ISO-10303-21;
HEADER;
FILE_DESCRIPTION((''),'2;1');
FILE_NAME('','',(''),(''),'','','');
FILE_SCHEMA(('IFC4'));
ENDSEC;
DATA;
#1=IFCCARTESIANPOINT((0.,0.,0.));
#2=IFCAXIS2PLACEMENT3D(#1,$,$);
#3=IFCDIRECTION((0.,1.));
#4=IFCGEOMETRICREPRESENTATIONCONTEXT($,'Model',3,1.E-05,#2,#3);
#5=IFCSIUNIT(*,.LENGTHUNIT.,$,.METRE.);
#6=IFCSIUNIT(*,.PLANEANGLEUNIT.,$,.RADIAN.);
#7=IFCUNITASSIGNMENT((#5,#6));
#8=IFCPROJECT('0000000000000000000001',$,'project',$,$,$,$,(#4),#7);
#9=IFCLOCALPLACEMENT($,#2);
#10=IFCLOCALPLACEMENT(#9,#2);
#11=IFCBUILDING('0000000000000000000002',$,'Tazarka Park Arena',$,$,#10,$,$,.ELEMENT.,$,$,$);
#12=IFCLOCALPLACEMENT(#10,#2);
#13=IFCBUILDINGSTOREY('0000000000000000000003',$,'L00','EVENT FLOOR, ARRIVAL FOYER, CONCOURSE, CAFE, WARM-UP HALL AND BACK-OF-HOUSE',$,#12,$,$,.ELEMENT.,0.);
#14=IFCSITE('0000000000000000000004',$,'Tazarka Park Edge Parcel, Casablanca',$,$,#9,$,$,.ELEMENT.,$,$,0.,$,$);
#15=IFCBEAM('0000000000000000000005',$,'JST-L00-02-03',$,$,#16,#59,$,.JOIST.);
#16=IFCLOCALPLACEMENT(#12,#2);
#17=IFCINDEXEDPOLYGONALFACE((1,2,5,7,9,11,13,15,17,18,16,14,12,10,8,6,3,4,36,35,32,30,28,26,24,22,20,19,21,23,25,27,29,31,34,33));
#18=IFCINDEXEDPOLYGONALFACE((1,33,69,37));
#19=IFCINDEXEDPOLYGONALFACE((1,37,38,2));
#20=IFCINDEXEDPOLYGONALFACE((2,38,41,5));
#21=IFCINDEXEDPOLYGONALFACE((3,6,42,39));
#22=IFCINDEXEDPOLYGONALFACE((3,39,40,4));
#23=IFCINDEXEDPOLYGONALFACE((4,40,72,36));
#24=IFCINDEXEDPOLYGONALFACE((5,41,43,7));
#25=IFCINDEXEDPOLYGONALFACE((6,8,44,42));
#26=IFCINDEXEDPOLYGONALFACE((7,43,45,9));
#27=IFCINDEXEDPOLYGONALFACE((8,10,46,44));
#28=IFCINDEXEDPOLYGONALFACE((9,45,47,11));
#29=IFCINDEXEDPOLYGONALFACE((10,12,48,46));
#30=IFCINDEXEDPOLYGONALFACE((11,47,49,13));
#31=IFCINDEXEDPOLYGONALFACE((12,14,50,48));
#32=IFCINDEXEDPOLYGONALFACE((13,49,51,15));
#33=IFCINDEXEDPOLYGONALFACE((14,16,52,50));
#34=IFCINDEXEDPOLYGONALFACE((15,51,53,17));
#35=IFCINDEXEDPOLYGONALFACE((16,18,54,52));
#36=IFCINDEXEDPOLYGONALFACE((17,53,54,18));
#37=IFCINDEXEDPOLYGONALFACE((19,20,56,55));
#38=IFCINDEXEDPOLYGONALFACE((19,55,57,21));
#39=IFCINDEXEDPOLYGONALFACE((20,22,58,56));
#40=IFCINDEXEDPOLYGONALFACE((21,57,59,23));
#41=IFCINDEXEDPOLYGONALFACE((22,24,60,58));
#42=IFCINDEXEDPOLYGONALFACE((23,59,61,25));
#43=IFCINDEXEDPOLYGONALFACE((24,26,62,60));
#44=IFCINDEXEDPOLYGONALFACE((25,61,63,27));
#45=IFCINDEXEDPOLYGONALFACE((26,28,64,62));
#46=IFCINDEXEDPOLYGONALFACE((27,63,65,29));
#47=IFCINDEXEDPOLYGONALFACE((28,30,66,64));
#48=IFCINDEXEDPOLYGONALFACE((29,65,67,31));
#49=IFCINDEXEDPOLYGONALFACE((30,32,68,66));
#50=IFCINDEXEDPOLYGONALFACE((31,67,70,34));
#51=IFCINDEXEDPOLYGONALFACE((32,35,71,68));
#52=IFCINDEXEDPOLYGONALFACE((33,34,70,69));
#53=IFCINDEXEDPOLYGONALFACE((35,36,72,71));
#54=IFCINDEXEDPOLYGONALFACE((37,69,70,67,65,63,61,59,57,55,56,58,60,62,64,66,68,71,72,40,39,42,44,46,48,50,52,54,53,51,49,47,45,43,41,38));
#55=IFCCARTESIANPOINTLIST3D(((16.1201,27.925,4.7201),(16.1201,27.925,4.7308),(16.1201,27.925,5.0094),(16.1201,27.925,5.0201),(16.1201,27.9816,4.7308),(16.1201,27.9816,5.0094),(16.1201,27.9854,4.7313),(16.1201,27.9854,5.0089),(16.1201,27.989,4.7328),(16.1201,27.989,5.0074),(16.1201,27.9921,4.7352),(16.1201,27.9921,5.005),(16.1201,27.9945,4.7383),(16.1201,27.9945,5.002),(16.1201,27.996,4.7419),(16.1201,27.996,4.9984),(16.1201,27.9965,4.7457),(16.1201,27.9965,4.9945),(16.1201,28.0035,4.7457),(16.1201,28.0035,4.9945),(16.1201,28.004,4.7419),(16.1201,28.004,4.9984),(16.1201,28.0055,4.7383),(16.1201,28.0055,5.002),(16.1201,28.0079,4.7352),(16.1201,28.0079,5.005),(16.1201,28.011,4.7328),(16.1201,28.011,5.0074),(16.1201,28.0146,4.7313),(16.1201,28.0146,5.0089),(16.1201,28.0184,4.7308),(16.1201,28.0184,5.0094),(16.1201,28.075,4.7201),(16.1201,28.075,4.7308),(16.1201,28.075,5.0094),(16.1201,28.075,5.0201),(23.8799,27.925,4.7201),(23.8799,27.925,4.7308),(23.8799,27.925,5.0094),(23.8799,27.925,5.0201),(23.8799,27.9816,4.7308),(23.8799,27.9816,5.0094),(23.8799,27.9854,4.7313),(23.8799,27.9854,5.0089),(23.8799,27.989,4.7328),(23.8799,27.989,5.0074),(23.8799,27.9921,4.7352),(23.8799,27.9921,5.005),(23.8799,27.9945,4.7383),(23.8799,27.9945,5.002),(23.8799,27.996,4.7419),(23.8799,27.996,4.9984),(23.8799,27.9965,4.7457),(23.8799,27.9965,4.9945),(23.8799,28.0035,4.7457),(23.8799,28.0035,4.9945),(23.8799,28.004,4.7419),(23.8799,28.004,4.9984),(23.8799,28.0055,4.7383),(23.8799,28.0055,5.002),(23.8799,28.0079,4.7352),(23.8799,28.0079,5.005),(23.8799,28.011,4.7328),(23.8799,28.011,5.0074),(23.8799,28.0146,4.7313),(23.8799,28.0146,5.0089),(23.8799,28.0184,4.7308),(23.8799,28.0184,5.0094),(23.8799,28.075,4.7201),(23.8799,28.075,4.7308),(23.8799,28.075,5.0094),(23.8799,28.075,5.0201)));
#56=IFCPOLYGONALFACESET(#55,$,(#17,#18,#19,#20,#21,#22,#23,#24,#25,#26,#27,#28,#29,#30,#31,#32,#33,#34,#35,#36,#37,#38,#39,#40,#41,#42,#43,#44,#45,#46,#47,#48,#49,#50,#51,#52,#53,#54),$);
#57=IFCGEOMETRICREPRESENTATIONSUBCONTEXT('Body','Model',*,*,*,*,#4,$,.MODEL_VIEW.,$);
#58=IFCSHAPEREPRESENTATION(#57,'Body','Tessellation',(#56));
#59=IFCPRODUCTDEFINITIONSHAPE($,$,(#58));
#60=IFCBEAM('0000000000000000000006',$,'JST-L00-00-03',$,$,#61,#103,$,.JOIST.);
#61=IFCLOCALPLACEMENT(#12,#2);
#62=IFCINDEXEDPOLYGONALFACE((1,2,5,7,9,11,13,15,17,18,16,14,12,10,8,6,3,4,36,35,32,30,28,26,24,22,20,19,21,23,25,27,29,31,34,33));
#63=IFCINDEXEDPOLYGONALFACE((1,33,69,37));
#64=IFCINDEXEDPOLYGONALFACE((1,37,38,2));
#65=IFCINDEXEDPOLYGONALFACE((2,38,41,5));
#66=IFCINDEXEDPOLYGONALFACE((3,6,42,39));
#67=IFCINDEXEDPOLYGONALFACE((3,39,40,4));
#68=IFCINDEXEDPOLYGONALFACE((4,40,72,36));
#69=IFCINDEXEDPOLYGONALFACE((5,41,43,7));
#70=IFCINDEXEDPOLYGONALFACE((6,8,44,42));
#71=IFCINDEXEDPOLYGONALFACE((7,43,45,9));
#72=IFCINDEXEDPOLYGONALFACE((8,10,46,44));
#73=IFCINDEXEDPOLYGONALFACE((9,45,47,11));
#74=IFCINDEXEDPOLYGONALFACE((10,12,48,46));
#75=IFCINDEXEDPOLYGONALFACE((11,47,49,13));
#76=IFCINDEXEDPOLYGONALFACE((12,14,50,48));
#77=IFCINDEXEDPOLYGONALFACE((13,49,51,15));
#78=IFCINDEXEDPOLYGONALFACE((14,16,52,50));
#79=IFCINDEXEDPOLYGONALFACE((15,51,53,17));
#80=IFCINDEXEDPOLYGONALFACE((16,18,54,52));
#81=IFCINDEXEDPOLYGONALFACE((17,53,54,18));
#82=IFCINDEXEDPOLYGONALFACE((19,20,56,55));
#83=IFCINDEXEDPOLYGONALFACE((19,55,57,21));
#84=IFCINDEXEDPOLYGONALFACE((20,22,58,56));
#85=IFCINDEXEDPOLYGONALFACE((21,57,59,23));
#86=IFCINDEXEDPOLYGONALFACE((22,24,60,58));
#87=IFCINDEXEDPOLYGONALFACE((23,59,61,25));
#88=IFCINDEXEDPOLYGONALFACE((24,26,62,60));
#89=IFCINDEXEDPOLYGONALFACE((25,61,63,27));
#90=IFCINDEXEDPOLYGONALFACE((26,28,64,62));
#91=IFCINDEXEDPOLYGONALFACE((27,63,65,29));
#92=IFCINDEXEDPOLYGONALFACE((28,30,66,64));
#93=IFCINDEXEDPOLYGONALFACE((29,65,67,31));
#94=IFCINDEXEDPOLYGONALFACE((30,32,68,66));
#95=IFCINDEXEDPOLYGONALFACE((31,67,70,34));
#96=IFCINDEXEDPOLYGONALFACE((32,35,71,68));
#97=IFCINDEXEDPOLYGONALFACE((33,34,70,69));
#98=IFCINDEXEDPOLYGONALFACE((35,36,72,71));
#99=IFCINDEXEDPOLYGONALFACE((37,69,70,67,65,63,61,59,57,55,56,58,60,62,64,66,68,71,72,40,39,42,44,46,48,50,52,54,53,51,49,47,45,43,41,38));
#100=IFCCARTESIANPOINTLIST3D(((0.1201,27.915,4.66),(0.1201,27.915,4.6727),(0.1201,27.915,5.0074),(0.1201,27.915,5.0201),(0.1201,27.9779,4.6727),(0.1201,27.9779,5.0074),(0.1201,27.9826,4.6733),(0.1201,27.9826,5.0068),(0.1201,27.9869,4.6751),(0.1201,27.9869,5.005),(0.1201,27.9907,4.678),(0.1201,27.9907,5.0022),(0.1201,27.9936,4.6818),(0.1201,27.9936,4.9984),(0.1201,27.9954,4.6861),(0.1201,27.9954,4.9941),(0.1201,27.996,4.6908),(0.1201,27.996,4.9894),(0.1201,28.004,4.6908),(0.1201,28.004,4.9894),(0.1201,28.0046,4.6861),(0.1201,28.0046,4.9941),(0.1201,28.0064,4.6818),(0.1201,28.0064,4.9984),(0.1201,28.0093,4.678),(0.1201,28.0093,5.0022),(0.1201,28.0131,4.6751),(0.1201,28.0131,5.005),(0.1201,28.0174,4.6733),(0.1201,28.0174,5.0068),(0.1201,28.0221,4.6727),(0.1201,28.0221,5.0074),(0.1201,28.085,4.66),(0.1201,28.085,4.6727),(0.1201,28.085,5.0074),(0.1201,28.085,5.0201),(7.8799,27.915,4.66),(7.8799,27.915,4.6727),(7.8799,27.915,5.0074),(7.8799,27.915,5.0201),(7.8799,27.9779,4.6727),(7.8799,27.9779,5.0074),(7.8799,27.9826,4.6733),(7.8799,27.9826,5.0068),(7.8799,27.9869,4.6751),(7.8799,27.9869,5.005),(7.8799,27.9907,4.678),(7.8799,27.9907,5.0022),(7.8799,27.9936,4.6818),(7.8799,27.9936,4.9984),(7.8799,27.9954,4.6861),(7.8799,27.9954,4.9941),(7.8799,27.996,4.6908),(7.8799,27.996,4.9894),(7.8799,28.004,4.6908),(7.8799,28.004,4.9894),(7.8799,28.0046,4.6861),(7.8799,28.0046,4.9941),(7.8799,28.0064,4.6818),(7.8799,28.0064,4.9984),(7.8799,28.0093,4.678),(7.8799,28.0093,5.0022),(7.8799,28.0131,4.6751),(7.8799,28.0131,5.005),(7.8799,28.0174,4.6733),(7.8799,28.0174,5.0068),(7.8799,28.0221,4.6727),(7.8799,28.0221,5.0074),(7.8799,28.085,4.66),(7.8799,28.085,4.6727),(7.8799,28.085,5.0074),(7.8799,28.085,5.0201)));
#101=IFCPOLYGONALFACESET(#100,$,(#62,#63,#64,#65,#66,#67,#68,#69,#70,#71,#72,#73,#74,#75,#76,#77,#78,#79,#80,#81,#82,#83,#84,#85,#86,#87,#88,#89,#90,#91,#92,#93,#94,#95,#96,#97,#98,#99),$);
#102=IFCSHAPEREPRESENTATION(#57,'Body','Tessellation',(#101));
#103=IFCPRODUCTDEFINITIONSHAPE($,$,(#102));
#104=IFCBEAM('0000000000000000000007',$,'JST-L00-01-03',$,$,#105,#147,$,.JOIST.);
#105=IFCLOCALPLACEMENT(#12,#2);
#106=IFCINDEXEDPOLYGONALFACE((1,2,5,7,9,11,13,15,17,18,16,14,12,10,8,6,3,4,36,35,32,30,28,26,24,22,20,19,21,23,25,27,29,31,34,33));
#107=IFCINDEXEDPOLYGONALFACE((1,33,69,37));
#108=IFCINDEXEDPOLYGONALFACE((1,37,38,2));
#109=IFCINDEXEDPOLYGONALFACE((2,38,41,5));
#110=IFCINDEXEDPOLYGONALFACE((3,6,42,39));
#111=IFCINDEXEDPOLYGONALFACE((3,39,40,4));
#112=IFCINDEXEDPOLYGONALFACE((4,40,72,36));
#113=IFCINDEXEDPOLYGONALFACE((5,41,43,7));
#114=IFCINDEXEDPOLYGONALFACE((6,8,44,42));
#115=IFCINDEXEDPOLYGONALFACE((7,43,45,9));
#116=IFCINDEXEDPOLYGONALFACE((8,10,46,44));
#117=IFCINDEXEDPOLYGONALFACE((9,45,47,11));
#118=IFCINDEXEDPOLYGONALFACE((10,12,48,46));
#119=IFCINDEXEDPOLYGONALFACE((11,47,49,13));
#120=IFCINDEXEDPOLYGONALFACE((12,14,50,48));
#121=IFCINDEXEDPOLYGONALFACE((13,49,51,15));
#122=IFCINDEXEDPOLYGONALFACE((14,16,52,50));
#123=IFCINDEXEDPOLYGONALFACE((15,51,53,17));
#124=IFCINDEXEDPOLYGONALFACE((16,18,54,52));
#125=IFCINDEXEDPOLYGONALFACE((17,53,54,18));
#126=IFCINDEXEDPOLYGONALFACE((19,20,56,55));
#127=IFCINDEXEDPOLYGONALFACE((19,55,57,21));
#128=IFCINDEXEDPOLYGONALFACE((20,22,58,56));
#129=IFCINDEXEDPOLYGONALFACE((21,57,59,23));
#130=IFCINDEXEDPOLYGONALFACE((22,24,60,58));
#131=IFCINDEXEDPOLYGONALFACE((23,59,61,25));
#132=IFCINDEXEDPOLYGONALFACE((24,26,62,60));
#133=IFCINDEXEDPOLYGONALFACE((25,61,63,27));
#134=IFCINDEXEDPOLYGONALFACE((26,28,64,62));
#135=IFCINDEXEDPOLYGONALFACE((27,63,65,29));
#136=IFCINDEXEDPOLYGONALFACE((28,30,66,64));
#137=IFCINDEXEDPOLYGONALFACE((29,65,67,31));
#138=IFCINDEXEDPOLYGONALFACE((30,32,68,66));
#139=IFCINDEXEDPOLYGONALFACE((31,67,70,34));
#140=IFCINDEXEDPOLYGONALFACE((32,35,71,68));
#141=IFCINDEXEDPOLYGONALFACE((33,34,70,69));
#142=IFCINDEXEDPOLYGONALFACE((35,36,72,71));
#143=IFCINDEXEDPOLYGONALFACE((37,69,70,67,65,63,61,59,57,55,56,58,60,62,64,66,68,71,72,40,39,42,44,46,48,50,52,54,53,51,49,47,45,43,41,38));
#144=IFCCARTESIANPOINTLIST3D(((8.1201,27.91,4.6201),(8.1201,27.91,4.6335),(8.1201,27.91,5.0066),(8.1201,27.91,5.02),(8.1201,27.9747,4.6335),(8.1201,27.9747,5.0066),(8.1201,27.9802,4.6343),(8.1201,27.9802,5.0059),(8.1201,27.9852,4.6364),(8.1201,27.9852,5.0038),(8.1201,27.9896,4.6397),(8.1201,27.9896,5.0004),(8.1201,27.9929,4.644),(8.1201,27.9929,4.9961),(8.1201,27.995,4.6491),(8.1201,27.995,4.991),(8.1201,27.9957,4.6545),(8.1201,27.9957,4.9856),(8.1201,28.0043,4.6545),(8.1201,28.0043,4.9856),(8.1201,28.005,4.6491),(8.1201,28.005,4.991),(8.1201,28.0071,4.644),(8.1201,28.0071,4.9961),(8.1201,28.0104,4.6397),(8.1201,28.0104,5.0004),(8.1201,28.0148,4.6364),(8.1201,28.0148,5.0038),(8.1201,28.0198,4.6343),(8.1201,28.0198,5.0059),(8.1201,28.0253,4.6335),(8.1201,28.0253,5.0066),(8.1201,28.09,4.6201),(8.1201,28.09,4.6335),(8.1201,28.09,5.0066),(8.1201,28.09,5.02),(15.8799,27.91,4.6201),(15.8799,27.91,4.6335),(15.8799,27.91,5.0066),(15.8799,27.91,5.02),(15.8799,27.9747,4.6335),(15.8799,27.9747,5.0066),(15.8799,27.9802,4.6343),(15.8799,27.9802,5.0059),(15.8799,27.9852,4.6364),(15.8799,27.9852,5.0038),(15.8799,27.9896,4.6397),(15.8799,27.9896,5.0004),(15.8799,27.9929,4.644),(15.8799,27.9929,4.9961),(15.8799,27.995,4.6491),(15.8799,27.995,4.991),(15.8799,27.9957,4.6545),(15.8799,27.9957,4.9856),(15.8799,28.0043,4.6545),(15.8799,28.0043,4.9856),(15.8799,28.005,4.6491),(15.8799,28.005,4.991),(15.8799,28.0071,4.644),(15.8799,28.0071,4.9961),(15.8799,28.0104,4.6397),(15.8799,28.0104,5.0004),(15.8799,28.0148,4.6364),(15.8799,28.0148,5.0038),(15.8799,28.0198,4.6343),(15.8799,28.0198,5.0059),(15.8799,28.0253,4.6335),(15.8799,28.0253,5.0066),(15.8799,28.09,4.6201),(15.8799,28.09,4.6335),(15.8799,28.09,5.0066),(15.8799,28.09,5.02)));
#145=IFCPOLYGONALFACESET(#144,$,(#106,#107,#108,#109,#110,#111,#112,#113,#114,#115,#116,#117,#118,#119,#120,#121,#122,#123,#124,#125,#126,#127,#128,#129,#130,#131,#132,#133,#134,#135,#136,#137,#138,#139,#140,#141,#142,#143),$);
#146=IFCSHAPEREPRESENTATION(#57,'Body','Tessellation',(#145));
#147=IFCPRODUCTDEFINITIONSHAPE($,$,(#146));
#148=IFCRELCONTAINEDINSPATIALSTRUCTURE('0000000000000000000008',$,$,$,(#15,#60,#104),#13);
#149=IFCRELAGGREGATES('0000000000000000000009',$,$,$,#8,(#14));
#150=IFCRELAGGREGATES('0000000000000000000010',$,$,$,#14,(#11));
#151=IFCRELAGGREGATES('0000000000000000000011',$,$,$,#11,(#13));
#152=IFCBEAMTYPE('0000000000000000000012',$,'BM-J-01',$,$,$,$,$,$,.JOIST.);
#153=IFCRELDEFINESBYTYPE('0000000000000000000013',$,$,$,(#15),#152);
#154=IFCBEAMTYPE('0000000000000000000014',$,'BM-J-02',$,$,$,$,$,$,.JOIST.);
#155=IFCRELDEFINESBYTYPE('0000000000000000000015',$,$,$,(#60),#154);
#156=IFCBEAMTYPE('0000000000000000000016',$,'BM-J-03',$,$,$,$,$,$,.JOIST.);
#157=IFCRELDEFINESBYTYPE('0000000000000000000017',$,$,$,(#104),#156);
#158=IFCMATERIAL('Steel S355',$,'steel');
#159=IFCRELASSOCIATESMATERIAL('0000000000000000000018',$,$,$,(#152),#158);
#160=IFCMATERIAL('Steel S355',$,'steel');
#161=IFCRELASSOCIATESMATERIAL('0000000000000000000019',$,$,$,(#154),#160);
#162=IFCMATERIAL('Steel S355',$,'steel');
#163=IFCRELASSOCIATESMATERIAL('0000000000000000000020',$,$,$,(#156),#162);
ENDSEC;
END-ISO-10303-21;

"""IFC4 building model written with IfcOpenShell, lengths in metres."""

from ifc_helpers import new_model, si_unit, direction, frame, origin, origin_2d, place, context, subcontext, project, spatial, i_section, extrude, material, material_profile, profile_set, type_object, element, save


model = new_model("IFC4")

# Units and contexts
model_context = context("Model", 3, precision=1e-05, world=origin(), true_north=direction((0.0, 1.0)))
body_context = subcontext(model_context, "Body", "Model", "MODEL_VIEW")
ifc_project = project(units=[si_unit("LENGTHUNIT", "METRE"), si_unit("PLANEANGLEUNIT", "RADIAN")], contexts=[model_context])

# Site, building, storey
site_placement = place(None, origin())
site = spatial("IfcSite", under=ifc_project, at=site_placement, Name="Tazarka Park Edge Parcel, Casablanca", CompositionType="ELEMENT", RefElevation=0.0)
building_placement = place(site_placement, origin())
building = spatial("IfcBuilding", under=site, at=building_placement, Name="Tazarka Park Arena", CompositionType="ELEMENT")
storey_placement = place(building_placement, origin())
storey = spatial("IfcBuildingStorey", under=building, at=storey_placement, Name="L00", Description="EVENT FLOOR, ARRIVAL FOYER, CONCOURSE, CAFE, WARM-UP HALL AND BACK-OF-HOUSE", CompositionType="ELEMENT", Elevation=0.0)

# Beams
ifc_material_1 = material(Name="Steel S355", Category="steel")
ifc_material_profile_1 = material_profile(ifc_material_1, i_section(OverallWidth=0.1499, OverallDepth=0.3, WebThickness=0.0071, FlangeThickness=0.0107, FilletRadius=0.0149, at=origin_2d()), Name="Steel S355")
ifc_profile_set_1 = profile_set([ifc_material_profile_1], Name="Steel S355")
beam_type_1 = type_object("IfcBeamType", Name="BM-J-01", PredefinedType="JOIST", material=ifc_profile_set_1)
beam_1_placement = place(storey_placement, frame((16.1201, 28.0, 4.8701), z_axis=(1.0, 0.0, 0.0), x_axis=(0.0, 1.0, 0.0)))
element("IfcBeam", 1, at=beam_1_placement, inside=storey, type_object=beam_type_1, Name="JST-L00-02-03", PredefinedType="JOIST", context=body_context, shape_type="SweptSolid", body=[
    extrude(i_section(OverallWidth=0.1499, OverallDepth=0.3, WebThickness=0.0071, FlangeThickness=0.0107, FilletRadius=0.0149, at=origin_2d()), origin(), (0.0, 0.0, 1.0), 7.7598),
])
ifc_material_2 = material(Name="Steel S355", Category="steel")
ifc_material_profile_2 = material_profile(ifc_material_2, i_section(OverallWidth=0.1699, OverallDepth=0.3601, WebThickness=0.0081, FlangeThickness=0.0127, FilletRadius=0.0181, at=origin_2d()), Name="Steel S355")
ifc_profile_set_2 = profile_set([ifc_material_profile_2], Name="Steel S355")
beam_type_2 = type_object("IfcBeamType", Name="BM-J-02", PredefinedType="JOIST", material=ifc_profile_set_2)
beam_2_placement = place(storey_placement, frame((0.1201, 28.0, 4.8401), z_axis=(1.0, 0.0, 0.0), x_axis=(0.0, 1.0, 0.0)))
element("IfcBeam", 2, at=beam_2_placement, inside=storey, type_object=beam_type_2, Name="JST-L00-00-03", PredefinedType="JOIST", context=body_context, shape_type="SweptSolid", body=[
    extrude(i_section(OverallWidth=0.1699, OverallDepth=0.3601, WebThickness=0.0081, FlangeThickness=0.0127, FilletRadius=0.0181, at=origin_2d()), origin(), (0.0, 0.0, 1.0), 7.7598),
])
ifc_material_3 = material(Name="Steel S355", Category="steel")
ifc_material_profile_3 = material_profile(ifc_material_3, i_section(OverallWidth=0.1799, OverallDepth=0.3999, WebThickness=0.0085, FlangeThickness=0.0134, FilletRadius=0.021, at=origin_2d()), Name="Steel S355")
ifc_profile_set_3 = profile_set([ifc_material_profile_3], Name="Steel S355")
beam_type_3 = type_object("IfcBeamType", Name="BM-J-03", PredefinedType="JOIST", material=ifc_profile_set_3)
beam_3_placement = place(storey_placement, frame((8.1201, 28.0, 4.8201), z_axis=(1.0, 0.0, 0.0), x_axis=(0.0, 1.0, 0.0)))
element("IfcBeam", 3, at=beam_3_placement, inside=storey, type_object=beam_type_3, Name="JST-L00-01-03", PredefinedType="JOIST", context=body_context, shape_type="SweptSolid", body=[
    extrude(i_section(OverallWidth=0.1799, OverallDepth=0.3999, WebThickness=0.0085, FlangeThickness=0.0134, FilletRadius=0.021, at=origin_2d()), origin(), (0.0, 0.0, 1.0), 7.7598),
])

save(model, "model.ifc")
